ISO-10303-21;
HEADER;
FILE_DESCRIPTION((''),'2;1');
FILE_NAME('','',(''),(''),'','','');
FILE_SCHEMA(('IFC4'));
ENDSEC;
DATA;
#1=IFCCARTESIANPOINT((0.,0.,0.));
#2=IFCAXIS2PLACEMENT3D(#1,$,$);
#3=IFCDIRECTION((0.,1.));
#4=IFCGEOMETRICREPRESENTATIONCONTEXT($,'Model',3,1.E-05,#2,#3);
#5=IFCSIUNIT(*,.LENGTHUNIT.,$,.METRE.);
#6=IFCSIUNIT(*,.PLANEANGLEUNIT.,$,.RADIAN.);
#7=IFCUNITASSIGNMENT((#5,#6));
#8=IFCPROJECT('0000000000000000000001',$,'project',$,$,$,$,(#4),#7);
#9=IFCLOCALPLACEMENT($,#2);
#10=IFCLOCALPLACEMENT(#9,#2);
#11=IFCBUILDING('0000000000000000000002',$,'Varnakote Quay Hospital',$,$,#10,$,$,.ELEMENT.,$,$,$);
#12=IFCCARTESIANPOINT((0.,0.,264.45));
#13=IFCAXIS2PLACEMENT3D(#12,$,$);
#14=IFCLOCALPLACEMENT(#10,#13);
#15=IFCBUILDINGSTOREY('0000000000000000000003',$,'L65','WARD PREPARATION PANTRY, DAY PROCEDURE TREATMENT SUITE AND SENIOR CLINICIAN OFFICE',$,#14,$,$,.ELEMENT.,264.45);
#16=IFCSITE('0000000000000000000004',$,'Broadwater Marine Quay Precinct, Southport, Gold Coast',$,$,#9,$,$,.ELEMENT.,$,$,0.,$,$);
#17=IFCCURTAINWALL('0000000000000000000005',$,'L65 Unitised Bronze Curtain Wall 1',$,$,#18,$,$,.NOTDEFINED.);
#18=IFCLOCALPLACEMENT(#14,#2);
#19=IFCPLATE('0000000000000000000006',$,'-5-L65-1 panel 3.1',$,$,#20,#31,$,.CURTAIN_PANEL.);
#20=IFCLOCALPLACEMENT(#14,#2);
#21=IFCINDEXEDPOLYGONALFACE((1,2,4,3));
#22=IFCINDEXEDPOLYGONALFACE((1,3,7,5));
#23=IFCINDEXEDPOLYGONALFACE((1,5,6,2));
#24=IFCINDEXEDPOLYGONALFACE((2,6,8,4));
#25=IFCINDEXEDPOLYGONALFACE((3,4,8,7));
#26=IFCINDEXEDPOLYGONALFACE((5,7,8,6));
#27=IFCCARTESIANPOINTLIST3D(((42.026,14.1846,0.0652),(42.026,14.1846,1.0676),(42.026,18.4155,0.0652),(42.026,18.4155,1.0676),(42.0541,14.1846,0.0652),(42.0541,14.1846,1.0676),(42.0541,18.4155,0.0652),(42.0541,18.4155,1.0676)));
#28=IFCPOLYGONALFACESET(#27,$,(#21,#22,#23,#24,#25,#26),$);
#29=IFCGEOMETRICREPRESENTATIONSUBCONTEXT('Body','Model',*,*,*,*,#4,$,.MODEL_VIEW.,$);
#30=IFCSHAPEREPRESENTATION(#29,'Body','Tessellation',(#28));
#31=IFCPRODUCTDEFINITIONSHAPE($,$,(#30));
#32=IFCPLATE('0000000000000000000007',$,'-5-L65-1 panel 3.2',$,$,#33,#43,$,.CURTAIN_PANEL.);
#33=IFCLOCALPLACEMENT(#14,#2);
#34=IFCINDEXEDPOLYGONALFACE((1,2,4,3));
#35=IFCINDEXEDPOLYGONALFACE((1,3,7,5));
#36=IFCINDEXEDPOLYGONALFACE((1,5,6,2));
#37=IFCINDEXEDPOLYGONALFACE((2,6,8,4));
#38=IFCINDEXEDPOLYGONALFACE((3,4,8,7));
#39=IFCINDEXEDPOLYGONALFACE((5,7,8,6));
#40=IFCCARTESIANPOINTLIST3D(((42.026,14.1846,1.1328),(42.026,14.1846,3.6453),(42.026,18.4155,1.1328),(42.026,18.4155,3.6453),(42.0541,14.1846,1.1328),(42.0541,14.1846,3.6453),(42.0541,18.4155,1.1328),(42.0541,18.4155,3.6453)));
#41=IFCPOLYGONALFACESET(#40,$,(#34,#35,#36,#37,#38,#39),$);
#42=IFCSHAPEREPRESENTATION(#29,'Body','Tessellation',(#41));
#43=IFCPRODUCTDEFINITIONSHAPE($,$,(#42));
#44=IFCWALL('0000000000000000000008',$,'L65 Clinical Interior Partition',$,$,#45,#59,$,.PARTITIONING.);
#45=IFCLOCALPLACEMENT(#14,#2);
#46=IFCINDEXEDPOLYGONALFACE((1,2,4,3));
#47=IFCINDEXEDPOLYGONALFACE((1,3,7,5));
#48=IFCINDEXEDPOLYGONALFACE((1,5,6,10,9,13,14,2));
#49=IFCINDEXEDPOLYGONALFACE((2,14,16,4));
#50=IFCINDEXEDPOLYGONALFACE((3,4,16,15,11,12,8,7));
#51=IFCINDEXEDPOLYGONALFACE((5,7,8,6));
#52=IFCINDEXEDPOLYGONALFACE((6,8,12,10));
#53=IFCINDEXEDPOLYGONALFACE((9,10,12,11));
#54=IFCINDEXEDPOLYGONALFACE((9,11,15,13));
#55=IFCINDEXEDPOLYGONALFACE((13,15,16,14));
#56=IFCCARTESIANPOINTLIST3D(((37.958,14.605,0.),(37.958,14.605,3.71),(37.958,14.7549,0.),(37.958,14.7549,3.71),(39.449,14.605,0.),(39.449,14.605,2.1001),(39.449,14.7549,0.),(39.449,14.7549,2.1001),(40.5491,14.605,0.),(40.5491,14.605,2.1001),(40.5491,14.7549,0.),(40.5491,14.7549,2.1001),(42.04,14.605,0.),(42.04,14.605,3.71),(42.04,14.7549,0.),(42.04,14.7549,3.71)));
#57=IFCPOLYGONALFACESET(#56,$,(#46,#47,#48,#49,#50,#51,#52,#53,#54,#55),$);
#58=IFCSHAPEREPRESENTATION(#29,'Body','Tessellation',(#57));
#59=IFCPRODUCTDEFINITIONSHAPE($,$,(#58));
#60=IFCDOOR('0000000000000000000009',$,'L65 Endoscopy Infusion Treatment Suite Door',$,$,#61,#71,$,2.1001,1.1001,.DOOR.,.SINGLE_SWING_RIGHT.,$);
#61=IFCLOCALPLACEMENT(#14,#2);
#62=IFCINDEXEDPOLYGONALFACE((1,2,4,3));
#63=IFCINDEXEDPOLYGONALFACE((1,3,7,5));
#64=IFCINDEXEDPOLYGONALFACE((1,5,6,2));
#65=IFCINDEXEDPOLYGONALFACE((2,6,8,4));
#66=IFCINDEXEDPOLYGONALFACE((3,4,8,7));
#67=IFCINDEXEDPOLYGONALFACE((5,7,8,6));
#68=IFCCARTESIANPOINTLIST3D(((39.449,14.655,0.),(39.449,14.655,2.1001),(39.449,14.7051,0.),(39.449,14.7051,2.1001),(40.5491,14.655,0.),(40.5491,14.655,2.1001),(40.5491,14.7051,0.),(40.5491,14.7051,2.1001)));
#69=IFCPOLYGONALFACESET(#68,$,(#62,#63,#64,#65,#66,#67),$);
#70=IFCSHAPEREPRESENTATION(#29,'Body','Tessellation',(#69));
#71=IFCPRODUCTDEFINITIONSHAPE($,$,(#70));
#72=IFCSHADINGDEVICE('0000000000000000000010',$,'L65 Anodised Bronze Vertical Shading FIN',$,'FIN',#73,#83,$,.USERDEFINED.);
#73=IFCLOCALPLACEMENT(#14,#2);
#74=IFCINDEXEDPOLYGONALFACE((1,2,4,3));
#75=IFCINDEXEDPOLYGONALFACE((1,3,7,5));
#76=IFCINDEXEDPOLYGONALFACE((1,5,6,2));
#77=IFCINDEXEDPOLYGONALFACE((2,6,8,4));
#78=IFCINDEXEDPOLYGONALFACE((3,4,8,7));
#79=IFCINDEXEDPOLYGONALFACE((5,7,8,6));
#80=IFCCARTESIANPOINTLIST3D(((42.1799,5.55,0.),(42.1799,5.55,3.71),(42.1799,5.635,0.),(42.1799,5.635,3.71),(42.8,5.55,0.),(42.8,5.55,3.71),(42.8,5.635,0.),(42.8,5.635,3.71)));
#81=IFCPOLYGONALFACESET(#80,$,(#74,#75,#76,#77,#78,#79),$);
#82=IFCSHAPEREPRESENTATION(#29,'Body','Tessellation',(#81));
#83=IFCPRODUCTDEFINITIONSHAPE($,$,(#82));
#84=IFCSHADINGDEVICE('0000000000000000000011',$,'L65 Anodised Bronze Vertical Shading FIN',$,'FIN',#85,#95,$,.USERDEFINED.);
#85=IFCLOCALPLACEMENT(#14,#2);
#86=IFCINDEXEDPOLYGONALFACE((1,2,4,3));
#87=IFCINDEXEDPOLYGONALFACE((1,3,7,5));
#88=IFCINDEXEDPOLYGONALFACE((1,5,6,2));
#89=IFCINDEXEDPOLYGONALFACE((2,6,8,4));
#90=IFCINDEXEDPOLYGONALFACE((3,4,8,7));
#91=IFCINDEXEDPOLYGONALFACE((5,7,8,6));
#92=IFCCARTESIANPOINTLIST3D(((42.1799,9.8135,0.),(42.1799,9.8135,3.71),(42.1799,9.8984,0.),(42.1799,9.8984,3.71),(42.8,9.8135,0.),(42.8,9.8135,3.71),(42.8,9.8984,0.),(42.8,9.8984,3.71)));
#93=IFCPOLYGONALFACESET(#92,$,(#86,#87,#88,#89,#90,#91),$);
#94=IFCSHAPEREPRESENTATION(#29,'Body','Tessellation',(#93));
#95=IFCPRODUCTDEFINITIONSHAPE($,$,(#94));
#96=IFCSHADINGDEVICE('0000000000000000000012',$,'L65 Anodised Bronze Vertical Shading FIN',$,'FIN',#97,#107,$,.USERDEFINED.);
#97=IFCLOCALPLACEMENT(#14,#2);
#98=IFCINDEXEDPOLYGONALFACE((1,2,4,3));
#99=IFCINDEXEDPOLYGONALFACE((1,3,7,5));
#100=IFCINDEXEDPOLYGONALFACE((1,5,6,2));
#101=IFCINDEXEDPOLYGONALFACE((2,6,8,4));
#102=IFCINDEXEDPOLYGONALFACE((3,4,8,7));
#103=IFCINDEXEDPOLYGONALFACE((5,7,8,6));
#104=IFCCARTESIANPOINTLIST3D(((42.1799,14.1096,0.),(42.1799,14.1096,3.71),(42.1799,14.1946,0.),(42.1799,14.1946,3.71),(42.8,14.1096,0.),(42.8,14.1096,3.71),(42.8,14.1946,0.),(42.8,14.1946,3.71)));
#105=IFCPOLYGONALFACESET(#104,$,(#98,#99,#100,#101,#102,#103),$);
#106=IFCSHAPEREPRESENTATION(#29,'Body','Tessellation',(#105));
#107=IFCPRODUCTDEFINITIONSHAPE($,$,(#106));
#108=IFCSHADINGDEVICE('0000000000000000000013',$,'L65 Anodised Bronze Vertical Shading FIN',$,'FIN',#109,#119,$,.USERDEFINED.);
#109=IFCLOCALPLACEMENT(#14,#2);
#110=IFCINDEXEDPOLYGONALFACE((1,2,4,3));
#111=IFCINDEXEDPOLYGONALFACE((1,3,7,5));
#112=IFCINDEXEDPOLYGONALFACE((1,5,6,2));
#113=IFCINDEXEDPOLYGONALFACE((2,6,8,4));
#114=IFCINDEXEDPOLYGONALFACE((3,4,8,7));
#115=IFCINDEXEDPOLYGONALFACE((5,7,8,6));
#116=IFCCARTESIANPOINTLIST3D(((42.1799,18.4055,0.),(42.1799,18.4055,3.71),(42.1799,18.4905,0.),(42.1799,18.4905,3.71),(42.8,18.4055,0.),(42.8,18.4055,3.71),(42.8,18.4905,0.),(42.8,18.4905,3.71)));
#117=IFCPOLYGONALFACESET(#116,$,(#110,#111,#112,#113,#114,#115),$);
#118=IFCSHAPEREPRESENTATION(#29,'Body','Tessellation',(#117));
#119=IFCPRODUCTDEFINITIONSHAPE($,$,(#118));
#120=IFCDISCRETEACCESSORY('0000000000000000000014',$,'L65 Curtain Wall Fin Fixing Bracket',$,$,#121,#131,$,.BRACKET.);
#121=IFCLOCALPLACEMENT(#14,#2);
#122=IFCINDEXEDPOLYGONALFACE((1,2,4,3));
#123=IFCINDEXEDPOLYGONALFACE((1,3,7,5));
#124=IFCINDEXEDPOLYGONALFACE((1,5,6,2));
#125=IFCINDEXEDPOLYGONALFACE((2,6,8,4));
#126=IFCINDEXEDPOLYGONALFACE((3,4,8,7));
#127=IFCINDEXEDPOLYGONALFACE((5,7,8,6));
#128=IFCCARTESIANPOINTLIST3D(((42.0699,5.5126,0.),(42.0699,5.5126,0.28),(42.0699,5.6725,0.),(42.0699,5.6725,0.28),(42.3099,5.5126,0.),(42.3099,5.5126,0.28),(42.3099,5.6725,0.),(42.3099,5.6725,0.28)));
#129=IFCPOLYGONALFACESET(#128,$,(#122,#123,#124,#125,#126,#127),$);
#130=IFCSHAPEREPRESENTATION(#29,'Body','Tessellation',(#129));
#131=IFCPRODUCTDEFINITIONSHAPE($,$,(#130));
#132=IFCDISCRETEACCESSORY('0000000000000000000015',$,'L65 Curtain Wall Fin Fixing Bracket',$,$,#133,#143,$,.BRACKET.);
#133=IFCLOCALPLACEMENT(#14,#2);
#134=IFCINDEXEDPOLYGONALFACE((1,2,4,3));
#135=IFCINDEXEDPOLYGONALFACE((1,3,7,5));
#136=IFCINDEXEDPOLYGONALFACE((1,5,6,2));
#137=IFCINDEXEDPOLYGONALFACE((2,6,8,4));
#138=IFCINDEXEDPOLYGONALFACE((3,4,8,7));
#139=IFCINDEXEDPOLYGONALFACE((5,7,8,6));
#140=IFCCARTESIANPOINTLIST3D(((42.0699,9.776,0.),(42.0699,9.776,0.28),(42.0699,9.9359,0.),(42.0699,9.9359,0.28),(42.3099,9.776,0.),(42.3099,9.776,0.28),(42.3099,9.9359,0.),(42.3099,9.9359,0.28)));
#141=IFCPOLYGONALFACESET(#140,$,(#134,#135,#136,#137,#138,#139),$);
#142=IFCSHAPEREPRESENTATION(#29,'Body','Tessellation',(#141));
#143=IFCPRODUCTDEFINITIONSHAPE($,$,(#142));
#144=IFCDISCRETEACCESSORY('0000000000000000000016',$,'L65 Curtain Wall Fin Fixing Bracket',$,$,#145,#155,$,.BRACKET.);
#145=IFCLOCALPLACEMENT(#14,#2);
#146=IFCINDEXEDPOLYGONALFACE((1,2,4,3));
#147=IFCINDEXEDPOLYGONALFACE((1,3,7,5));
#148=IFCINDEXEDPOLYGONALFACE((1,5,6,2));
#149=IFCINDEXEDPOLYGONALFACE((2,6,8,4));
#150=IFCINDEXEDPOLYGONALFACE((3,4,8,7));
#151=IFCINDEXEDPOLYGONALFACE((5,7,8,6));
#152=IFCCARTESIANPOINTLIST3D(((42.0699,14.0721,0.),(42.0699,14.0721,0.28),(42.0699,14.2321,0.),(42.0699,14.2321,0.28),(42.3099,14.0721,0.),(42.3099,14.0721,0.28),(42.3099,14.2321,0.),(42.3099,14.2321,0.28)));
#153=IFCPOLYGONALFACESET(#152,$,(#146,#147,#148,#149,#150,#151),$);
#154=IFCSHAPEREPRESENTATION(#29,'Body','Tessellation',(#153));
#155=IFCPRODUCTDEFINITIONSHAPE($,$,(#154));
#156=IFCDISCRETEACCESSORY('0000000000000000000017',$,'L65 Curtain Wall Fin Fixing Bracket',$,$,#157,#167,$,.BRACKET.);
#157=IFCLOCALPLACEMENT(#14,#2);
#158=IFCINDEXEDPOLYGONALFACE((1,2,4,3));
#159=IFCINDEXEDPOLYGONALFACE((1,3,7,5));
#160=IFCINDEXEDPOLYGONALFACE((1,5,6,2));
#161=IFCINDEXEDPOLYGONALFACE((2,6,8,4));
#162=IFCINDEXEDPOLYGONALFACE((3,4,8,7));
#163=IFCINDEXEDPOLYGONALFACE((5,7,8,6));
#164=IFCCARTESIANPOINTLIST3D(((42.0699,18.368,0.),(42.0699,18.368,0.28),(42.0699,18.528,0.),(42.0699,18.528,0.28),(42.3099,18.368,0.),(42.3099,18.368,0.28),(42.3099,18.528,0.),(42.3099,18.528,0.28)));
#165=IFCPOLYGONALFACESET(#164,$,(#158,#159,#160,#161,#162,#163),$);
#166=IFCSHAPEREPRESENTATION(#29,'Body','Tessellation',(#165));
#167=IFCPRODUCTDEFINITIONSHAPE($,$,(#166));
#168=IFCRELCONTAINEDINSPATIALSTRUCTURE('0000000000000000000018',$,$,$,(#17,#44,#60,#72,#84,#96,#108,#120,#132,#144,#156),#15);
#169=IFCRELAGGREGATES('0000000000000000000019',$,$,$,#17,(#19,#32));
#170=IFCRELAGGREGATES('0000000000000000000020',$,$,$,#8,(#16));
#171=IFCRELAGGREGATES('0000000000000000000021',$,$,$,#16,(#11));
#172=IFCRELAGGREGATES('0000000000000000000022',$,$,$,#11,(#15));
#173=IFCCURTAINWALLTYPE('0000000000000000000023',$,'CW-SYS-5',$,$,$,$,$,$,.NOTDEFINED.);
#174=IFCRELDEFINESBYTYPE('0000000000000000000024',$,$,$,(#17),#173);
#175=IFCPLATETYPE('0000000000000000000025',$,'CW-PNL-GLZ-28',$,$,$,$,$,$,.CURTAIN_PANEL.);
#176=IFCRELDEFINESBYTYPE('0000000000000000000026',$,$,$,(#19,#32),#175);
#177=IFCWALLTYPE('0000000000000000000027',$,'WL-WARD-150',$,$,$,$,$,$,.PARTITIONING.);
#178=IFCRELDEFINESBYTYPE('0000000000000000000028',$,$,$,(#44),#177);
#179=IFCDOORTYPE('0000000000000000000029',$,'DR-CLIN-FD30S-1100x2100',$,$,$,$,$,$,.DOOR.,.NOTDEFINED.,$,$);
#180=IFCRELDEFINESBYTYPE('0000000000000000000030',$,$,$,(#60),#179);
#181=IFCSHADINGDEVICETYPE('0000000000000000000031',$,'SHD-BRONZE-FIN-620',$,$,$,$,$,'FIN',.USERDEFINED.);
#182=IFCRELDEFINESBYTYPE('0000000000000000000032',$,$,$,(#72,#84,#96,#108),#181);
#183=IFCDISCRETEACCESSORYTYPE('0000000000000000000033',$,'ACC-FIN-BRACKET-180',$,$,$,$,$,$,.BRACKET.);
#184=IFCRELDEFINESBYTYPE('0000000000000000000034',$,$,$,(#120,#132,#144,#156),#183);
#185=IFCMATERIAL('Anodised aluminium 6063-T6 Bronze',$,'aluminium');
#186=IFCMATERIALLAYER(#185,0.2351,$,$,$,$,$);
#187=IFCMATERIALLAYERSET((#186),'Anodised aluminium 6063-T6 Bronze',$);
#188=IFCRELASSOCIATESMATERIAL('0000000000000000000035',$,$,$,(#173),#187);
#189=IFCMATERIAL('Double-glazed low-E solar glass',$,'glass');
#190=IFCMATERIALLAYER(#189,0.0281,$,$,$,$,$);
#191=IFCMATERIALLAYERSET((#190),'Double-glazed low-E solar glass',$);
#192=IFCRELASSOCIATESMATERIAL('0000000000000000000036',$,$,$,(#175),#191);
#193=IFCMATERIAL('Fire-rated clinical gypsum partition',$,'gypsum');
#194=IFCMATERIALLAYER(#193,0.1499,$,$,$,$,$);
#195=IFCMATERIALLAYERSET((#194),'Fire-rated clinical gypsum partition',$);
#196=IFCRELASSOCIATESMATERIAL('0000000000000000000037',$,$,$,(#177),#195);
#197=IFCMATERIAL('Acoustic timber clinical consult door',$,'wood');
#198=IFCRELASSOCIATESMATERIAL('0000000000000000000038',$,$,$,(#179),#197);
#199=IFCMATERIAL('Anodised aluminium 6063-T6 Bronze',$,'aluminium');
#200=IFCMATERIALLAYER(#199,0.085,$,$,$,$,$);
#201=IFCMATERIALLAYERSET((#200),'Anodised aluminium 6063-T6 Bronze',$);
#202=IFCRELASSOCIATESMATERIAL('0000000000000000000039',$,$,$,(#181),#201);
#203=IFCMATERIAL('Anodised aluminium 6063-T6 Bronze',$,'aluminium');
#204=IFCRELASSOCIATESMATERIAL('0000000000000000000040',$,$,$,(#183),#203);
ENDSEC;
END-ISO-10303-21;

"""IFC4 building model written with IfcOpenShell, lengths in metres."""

from ifc_helpers import new_model, si_unit, direction, frame, frame_2d, origin, origin_2d, place, context, subcontext, project, spatial, rectangle, extrude, material, layer, layer_set, type_object, element, fill, aggregate, save


model = new_model("IFC4")

# Units and contexts
model_context = context("Model", 3, precision=1e-05, world=origin(), true_north=direction((0.0, 1.0)))
body_context = subcontext(model_context, "Body", "Model", "MODEL_VIEW")
ifc_project = project(units=[si_unit("LENGTHUNIT", "METRE"), si_unit("PLANEANGLEUNIT", "RADIAN")], contexts=[model_context])

# Site, building, storey
site_placement = place(None, origin())
site = spatial("IfcSite", under=ifc_project, at=site_placement, Name="Broadwater Marine Quay Precinct, Southport, Gold Coast", CompositionType="ELEMENT", RefElevation=0.0)
building_placement = place(site_placement, origin())
building = spatial("IfcBuilding", under=site, at=building_placement, Name="Varnakote Quay Hospital", CompositionType="ELEMENT")
storey_placement = place(building_placement, frame((0.0, 0.0, 264.45)))
storey = spatial("IfcBuildingStorey", under=building, at=storey_placement, Name="L65", Description="WARD PREPARATION PANTRY, DAY PROCEDURE TREATMENT SUITE AND SENIOR CLINICIAN OFFICE", CompositionType="ELEMENT", Elevation=264.45)

# Curtain wall, plates
ifc_material_1 = material(Name="Anodised aluminium 6063-T6 Bronze", Category="aluminium")
ifc_layer_1 = layer(ifc_material_1, 0.2351)
ifc_layer_set_1 = layer_set([ifc_layer_1], Name="Anodised aluminium 6063-T6 Bronze")
curtain_wall_type = type_object("IfcCurtainWallType", Name="CW-SYS-5", PredefinedType="NOTDEFINED", material=ifc_layer_set_1)
curtain_wall_placement = place(storey_placement, origin())
curtain_wall = element("IfcCurtainWall", 1, at=curtain_wall_placement, inside=storey, type_object=curtain_wall_type, Name="L65 Unitised Bronze Curtain Wall 1", PredefinedType="NOTDEFINED")
ifc_material_2 = material(Name="Double-glazed low-E solar glass", Category="glass")
ifc_layer_2 = layer(ifc_material_2, 0.0281)
ifc_layer_set_2 = layer_set([ifc_layer_2], Name="Double-glazed low-E solar glass")
plate_type = type_object("IfcPlateType", Name="CW-PNL-GLZ-28", PredefinedType="CURTAIN_PANEL", material=ifc_layer_set_2)
plate_1_placement = place(storey_placement, frame((42.04, 16.3, 0.0652), z_axis=(0.0, 0.0, 1.0), x_axis=(0.0, 1.0, 0.0)))
plate_1 = element("IfcPlate", 2, at=plate_1_placement, type_object=plate_type, Name="-5-L65-1 panel 3.1", PredefinedType="CURTAIN_PANEL", context=body_context, shape_type="SweptSolid", body=[
    extrude(rectangle(XDim=4.231, YDim=0.0281, at=origin_2d()), origin(), (0.0, 0.0, 1.0), 1.0024),
])
plate_2_placement = place(storey_placement, frame((42.04, 16.3, 1.1328), z_axis=(0.0, 0.0, 1.0), x_axis=(0.0, 1.0, 0.0)))
plate_2 = element("IfcPlate", 3, at=plate_2_placement, type_object=plate_type, Name="-5-L65-1 panel 3.2", PredefinedType="CURTAIN_PANEL", context=body_context, shape_type="SweptSolid", body=[
    extrude(rectangle(XDim=4.231, YDim=0.0281, at=origin_2d()), origin(), (0.0, 0.0, 1.0), 2.5125),
])
aggregate(curtain_wall, [plate_1, plate_2])

# Wall, opening, door
ifc_material_3 = material(Name="Fire-rated clinical gypsum partition", Category="gypsum")
ifc_layer_3 = layer(ifc_material_3, 0.1499)
ifc_layer_set_3 = layer_set([ifc_layer_3], Name="Fire-rated clinical gypsum partition")
wall_type = type_object("IfcWallType", Name="WL-WARD-150", PredefinedType="PARTITIONING", material=ifc_layer_set_3)
wall_placement = place(storey_placement, frame((42.04, 14.6799, 0.0), z_axis=(0.0, 0.0, 1.0), x_axis=(-1.0, 0.0, 0.0)))
wall = element("IfcWall", 4, at=wall_placement, inside=storey, type_object=wall_type, Name="L65 Clinical Interior Partition", PredefinedType="PARTITIONING", context=body_context, shape_type="SweptSolid", body=[
    extrude(rectangle(XDim=4.082, YDim=0.1499, at=frame_2d((2.041, 0.0))), origin(), (0.0, 0.0, 1.0), 3.71),
])
opening_placement = place(wall_placement, frame((1.491, 0.0, 0.0)))
opening = element("IfcOpeningElement", 5, at=opening_placement, cuts=wall, PredefinedType="OPENING", context=body_context, shape_type="SweptSolid", body=[
    extrude(rectangle(XDim=1.1001, YDim=2.1001, at=frame_2d((0.55, 1.05))), frame((0.0, 0.085, 0.0), z_axis=(0.0, -1.0, 0.0), x_axis=(1.0, 0.0, 0.0)), (0.0, 0.0, 1.0), 0.1699),
])
ifc_material_4 = material(Name="Acoustic timber clinical consult door", Category="wood")
door_type = type_object("IfcDoorType", Name="DR-CLIN-FD30S-1100x2100", OperationType="NOTDEFINED", PredefinedType="DOOR", material=ifc_material_4)
door_placement = place(opening_placement, origin())
door = element("IfcDoor", 6, at=door_placement, inside=storey, type_object=door_type, Name="L65 Endoscopy Infusion Treatment Suite Door", OperationType="SINGLE_SWING_RIGHT", OverallHeight=2.1001, OverallWidth=1.1001, PredefinedType="DOOR", context=body_context, shape_type="SweptSolid", body=[
    extrude(rectangle(XDim=1.1001, YDim=2.1001, at=frame_2d((0.55, 1.05))), frame((0.0, 0.0249, 0.0), z_axis=(0.0, -1.0, 0.0), x_axis=(1.0, 0.0, 0.0)), (0.0, 0.0, 1.0), 0.05),
])
fill(opening, door)

# Shading devices
ifc_material_5 = material(Name="Anodised aluminium 6063-T6 Bronze", Category="aluminium")
ifc_layer_4 = layer(ifc_material_5, 0.085)
ifc_layer_set_4 = layer_set([ifc_layer_4], Name="Anodised aluminium 6063-T6 Bronze")
shading_device_type = type_object("IfcShadingDeviceType", Name="SHD-BRONZE-FIN-620", ElementType="FIN", PredefinedType="USERDEFINED", material=ifc_layer_set_4)
for number, where, z_axis, x_axis, name in (
    (7, (42.49, 5.5925, 0.0), (0.0, 0.0, 1.0), (-1.0, 0.0, 0.0), "L65 Anodised Bronze Vertical Shading FIN"),
    (8, (42.49, 9.856, 0.0), (0.0, 0.0, 1.0), (-1.0, 0.0, 0.0), "L65 Anodised Bronze Vertical Shading FIN"),
    (9, (42.49, 14.1521, 0.0), (0.0, 0.0, 1.0), (-1.0, 0.0, 0.0), "L65 Anodised Bronze Vertical Shading FIN"),
    (10, (42.49, 18.448, 0.0), (0.0, 0.0, 1.0), (-1.0, 0.0, 0.0), "L65 Anodised Bronze Vertical Shading FIN"),
):
    element("IfcShadingDevice", number, at=place(storey_placement, frame(where, z_axis=z_axis, x_axis=x_axis)), inside=storey, type_object=shading_device_type, Name=name, ObjectType="FIN", PredefinedType="USERDEFINED", context=body_context, shape_type="SweptSolid", body=[
        extrude(rectangle(XDim=0.6201, YDim=0.085, at=origin_2d()), origin(), (0.0, 0.0, 1.0), 3.71),
    ])

# Discrete accessories
ifc_material_6 = material(Name="Anodised aluminium 6063-T6 Bronze", Category="aluminium")
discrete_accessory_type = type_object("IfcDiscreteAccessoryType", Name="ACC-FIN-BRACKET-180", PredefinedType="BRACKET", material=ifc_material_6)
for number, where, z_axis, x_axis, name in (
    (11, (42.1899, 5.5925, 0.0), (0.0, 0.0, 1.0), (0.0, 1.0, 0.0), "L65 Curtain Wall Fin Fixing Bracket"),
    (12, (42.1899, 9.856, 0.0), (0.0, 0.0, 1.0), (0.0, 1.0, 0.0), "L65 Curtain Wall Fin Fixing Bracket"),
    (13, (42.1899, 14.1521, 0.0), (0.0, 0.0, 1.0), (0.0, 1.0, 0.0), "L65 Curtain Wall Fin Fixing Bracket"),
    (14, (42.1899, 18.448, 0.0), (0.0, 0.0, 1.0), (0.0, 1.0, 0.0), "L65 Curtain Wall Fin Fixing Bracket"),
):
    element("IfcDiscreteAccessory", number, at=place(storey_placement, frame(where, z_axis=z_axis, x_axis=x_axis)), inside=storey, type_object=discrete_accessory_type, Name=name, PredefinedType="BRACKET", context=body_context, shape_type="SweptSolid", body=[
        extrude(rectangle(XDim=0.1599, YDim=0.24, at=origin_2d()), origin(), (0.0, 0.0, 1.0), 0.28),
    ])

save(model, "model.ifc")
